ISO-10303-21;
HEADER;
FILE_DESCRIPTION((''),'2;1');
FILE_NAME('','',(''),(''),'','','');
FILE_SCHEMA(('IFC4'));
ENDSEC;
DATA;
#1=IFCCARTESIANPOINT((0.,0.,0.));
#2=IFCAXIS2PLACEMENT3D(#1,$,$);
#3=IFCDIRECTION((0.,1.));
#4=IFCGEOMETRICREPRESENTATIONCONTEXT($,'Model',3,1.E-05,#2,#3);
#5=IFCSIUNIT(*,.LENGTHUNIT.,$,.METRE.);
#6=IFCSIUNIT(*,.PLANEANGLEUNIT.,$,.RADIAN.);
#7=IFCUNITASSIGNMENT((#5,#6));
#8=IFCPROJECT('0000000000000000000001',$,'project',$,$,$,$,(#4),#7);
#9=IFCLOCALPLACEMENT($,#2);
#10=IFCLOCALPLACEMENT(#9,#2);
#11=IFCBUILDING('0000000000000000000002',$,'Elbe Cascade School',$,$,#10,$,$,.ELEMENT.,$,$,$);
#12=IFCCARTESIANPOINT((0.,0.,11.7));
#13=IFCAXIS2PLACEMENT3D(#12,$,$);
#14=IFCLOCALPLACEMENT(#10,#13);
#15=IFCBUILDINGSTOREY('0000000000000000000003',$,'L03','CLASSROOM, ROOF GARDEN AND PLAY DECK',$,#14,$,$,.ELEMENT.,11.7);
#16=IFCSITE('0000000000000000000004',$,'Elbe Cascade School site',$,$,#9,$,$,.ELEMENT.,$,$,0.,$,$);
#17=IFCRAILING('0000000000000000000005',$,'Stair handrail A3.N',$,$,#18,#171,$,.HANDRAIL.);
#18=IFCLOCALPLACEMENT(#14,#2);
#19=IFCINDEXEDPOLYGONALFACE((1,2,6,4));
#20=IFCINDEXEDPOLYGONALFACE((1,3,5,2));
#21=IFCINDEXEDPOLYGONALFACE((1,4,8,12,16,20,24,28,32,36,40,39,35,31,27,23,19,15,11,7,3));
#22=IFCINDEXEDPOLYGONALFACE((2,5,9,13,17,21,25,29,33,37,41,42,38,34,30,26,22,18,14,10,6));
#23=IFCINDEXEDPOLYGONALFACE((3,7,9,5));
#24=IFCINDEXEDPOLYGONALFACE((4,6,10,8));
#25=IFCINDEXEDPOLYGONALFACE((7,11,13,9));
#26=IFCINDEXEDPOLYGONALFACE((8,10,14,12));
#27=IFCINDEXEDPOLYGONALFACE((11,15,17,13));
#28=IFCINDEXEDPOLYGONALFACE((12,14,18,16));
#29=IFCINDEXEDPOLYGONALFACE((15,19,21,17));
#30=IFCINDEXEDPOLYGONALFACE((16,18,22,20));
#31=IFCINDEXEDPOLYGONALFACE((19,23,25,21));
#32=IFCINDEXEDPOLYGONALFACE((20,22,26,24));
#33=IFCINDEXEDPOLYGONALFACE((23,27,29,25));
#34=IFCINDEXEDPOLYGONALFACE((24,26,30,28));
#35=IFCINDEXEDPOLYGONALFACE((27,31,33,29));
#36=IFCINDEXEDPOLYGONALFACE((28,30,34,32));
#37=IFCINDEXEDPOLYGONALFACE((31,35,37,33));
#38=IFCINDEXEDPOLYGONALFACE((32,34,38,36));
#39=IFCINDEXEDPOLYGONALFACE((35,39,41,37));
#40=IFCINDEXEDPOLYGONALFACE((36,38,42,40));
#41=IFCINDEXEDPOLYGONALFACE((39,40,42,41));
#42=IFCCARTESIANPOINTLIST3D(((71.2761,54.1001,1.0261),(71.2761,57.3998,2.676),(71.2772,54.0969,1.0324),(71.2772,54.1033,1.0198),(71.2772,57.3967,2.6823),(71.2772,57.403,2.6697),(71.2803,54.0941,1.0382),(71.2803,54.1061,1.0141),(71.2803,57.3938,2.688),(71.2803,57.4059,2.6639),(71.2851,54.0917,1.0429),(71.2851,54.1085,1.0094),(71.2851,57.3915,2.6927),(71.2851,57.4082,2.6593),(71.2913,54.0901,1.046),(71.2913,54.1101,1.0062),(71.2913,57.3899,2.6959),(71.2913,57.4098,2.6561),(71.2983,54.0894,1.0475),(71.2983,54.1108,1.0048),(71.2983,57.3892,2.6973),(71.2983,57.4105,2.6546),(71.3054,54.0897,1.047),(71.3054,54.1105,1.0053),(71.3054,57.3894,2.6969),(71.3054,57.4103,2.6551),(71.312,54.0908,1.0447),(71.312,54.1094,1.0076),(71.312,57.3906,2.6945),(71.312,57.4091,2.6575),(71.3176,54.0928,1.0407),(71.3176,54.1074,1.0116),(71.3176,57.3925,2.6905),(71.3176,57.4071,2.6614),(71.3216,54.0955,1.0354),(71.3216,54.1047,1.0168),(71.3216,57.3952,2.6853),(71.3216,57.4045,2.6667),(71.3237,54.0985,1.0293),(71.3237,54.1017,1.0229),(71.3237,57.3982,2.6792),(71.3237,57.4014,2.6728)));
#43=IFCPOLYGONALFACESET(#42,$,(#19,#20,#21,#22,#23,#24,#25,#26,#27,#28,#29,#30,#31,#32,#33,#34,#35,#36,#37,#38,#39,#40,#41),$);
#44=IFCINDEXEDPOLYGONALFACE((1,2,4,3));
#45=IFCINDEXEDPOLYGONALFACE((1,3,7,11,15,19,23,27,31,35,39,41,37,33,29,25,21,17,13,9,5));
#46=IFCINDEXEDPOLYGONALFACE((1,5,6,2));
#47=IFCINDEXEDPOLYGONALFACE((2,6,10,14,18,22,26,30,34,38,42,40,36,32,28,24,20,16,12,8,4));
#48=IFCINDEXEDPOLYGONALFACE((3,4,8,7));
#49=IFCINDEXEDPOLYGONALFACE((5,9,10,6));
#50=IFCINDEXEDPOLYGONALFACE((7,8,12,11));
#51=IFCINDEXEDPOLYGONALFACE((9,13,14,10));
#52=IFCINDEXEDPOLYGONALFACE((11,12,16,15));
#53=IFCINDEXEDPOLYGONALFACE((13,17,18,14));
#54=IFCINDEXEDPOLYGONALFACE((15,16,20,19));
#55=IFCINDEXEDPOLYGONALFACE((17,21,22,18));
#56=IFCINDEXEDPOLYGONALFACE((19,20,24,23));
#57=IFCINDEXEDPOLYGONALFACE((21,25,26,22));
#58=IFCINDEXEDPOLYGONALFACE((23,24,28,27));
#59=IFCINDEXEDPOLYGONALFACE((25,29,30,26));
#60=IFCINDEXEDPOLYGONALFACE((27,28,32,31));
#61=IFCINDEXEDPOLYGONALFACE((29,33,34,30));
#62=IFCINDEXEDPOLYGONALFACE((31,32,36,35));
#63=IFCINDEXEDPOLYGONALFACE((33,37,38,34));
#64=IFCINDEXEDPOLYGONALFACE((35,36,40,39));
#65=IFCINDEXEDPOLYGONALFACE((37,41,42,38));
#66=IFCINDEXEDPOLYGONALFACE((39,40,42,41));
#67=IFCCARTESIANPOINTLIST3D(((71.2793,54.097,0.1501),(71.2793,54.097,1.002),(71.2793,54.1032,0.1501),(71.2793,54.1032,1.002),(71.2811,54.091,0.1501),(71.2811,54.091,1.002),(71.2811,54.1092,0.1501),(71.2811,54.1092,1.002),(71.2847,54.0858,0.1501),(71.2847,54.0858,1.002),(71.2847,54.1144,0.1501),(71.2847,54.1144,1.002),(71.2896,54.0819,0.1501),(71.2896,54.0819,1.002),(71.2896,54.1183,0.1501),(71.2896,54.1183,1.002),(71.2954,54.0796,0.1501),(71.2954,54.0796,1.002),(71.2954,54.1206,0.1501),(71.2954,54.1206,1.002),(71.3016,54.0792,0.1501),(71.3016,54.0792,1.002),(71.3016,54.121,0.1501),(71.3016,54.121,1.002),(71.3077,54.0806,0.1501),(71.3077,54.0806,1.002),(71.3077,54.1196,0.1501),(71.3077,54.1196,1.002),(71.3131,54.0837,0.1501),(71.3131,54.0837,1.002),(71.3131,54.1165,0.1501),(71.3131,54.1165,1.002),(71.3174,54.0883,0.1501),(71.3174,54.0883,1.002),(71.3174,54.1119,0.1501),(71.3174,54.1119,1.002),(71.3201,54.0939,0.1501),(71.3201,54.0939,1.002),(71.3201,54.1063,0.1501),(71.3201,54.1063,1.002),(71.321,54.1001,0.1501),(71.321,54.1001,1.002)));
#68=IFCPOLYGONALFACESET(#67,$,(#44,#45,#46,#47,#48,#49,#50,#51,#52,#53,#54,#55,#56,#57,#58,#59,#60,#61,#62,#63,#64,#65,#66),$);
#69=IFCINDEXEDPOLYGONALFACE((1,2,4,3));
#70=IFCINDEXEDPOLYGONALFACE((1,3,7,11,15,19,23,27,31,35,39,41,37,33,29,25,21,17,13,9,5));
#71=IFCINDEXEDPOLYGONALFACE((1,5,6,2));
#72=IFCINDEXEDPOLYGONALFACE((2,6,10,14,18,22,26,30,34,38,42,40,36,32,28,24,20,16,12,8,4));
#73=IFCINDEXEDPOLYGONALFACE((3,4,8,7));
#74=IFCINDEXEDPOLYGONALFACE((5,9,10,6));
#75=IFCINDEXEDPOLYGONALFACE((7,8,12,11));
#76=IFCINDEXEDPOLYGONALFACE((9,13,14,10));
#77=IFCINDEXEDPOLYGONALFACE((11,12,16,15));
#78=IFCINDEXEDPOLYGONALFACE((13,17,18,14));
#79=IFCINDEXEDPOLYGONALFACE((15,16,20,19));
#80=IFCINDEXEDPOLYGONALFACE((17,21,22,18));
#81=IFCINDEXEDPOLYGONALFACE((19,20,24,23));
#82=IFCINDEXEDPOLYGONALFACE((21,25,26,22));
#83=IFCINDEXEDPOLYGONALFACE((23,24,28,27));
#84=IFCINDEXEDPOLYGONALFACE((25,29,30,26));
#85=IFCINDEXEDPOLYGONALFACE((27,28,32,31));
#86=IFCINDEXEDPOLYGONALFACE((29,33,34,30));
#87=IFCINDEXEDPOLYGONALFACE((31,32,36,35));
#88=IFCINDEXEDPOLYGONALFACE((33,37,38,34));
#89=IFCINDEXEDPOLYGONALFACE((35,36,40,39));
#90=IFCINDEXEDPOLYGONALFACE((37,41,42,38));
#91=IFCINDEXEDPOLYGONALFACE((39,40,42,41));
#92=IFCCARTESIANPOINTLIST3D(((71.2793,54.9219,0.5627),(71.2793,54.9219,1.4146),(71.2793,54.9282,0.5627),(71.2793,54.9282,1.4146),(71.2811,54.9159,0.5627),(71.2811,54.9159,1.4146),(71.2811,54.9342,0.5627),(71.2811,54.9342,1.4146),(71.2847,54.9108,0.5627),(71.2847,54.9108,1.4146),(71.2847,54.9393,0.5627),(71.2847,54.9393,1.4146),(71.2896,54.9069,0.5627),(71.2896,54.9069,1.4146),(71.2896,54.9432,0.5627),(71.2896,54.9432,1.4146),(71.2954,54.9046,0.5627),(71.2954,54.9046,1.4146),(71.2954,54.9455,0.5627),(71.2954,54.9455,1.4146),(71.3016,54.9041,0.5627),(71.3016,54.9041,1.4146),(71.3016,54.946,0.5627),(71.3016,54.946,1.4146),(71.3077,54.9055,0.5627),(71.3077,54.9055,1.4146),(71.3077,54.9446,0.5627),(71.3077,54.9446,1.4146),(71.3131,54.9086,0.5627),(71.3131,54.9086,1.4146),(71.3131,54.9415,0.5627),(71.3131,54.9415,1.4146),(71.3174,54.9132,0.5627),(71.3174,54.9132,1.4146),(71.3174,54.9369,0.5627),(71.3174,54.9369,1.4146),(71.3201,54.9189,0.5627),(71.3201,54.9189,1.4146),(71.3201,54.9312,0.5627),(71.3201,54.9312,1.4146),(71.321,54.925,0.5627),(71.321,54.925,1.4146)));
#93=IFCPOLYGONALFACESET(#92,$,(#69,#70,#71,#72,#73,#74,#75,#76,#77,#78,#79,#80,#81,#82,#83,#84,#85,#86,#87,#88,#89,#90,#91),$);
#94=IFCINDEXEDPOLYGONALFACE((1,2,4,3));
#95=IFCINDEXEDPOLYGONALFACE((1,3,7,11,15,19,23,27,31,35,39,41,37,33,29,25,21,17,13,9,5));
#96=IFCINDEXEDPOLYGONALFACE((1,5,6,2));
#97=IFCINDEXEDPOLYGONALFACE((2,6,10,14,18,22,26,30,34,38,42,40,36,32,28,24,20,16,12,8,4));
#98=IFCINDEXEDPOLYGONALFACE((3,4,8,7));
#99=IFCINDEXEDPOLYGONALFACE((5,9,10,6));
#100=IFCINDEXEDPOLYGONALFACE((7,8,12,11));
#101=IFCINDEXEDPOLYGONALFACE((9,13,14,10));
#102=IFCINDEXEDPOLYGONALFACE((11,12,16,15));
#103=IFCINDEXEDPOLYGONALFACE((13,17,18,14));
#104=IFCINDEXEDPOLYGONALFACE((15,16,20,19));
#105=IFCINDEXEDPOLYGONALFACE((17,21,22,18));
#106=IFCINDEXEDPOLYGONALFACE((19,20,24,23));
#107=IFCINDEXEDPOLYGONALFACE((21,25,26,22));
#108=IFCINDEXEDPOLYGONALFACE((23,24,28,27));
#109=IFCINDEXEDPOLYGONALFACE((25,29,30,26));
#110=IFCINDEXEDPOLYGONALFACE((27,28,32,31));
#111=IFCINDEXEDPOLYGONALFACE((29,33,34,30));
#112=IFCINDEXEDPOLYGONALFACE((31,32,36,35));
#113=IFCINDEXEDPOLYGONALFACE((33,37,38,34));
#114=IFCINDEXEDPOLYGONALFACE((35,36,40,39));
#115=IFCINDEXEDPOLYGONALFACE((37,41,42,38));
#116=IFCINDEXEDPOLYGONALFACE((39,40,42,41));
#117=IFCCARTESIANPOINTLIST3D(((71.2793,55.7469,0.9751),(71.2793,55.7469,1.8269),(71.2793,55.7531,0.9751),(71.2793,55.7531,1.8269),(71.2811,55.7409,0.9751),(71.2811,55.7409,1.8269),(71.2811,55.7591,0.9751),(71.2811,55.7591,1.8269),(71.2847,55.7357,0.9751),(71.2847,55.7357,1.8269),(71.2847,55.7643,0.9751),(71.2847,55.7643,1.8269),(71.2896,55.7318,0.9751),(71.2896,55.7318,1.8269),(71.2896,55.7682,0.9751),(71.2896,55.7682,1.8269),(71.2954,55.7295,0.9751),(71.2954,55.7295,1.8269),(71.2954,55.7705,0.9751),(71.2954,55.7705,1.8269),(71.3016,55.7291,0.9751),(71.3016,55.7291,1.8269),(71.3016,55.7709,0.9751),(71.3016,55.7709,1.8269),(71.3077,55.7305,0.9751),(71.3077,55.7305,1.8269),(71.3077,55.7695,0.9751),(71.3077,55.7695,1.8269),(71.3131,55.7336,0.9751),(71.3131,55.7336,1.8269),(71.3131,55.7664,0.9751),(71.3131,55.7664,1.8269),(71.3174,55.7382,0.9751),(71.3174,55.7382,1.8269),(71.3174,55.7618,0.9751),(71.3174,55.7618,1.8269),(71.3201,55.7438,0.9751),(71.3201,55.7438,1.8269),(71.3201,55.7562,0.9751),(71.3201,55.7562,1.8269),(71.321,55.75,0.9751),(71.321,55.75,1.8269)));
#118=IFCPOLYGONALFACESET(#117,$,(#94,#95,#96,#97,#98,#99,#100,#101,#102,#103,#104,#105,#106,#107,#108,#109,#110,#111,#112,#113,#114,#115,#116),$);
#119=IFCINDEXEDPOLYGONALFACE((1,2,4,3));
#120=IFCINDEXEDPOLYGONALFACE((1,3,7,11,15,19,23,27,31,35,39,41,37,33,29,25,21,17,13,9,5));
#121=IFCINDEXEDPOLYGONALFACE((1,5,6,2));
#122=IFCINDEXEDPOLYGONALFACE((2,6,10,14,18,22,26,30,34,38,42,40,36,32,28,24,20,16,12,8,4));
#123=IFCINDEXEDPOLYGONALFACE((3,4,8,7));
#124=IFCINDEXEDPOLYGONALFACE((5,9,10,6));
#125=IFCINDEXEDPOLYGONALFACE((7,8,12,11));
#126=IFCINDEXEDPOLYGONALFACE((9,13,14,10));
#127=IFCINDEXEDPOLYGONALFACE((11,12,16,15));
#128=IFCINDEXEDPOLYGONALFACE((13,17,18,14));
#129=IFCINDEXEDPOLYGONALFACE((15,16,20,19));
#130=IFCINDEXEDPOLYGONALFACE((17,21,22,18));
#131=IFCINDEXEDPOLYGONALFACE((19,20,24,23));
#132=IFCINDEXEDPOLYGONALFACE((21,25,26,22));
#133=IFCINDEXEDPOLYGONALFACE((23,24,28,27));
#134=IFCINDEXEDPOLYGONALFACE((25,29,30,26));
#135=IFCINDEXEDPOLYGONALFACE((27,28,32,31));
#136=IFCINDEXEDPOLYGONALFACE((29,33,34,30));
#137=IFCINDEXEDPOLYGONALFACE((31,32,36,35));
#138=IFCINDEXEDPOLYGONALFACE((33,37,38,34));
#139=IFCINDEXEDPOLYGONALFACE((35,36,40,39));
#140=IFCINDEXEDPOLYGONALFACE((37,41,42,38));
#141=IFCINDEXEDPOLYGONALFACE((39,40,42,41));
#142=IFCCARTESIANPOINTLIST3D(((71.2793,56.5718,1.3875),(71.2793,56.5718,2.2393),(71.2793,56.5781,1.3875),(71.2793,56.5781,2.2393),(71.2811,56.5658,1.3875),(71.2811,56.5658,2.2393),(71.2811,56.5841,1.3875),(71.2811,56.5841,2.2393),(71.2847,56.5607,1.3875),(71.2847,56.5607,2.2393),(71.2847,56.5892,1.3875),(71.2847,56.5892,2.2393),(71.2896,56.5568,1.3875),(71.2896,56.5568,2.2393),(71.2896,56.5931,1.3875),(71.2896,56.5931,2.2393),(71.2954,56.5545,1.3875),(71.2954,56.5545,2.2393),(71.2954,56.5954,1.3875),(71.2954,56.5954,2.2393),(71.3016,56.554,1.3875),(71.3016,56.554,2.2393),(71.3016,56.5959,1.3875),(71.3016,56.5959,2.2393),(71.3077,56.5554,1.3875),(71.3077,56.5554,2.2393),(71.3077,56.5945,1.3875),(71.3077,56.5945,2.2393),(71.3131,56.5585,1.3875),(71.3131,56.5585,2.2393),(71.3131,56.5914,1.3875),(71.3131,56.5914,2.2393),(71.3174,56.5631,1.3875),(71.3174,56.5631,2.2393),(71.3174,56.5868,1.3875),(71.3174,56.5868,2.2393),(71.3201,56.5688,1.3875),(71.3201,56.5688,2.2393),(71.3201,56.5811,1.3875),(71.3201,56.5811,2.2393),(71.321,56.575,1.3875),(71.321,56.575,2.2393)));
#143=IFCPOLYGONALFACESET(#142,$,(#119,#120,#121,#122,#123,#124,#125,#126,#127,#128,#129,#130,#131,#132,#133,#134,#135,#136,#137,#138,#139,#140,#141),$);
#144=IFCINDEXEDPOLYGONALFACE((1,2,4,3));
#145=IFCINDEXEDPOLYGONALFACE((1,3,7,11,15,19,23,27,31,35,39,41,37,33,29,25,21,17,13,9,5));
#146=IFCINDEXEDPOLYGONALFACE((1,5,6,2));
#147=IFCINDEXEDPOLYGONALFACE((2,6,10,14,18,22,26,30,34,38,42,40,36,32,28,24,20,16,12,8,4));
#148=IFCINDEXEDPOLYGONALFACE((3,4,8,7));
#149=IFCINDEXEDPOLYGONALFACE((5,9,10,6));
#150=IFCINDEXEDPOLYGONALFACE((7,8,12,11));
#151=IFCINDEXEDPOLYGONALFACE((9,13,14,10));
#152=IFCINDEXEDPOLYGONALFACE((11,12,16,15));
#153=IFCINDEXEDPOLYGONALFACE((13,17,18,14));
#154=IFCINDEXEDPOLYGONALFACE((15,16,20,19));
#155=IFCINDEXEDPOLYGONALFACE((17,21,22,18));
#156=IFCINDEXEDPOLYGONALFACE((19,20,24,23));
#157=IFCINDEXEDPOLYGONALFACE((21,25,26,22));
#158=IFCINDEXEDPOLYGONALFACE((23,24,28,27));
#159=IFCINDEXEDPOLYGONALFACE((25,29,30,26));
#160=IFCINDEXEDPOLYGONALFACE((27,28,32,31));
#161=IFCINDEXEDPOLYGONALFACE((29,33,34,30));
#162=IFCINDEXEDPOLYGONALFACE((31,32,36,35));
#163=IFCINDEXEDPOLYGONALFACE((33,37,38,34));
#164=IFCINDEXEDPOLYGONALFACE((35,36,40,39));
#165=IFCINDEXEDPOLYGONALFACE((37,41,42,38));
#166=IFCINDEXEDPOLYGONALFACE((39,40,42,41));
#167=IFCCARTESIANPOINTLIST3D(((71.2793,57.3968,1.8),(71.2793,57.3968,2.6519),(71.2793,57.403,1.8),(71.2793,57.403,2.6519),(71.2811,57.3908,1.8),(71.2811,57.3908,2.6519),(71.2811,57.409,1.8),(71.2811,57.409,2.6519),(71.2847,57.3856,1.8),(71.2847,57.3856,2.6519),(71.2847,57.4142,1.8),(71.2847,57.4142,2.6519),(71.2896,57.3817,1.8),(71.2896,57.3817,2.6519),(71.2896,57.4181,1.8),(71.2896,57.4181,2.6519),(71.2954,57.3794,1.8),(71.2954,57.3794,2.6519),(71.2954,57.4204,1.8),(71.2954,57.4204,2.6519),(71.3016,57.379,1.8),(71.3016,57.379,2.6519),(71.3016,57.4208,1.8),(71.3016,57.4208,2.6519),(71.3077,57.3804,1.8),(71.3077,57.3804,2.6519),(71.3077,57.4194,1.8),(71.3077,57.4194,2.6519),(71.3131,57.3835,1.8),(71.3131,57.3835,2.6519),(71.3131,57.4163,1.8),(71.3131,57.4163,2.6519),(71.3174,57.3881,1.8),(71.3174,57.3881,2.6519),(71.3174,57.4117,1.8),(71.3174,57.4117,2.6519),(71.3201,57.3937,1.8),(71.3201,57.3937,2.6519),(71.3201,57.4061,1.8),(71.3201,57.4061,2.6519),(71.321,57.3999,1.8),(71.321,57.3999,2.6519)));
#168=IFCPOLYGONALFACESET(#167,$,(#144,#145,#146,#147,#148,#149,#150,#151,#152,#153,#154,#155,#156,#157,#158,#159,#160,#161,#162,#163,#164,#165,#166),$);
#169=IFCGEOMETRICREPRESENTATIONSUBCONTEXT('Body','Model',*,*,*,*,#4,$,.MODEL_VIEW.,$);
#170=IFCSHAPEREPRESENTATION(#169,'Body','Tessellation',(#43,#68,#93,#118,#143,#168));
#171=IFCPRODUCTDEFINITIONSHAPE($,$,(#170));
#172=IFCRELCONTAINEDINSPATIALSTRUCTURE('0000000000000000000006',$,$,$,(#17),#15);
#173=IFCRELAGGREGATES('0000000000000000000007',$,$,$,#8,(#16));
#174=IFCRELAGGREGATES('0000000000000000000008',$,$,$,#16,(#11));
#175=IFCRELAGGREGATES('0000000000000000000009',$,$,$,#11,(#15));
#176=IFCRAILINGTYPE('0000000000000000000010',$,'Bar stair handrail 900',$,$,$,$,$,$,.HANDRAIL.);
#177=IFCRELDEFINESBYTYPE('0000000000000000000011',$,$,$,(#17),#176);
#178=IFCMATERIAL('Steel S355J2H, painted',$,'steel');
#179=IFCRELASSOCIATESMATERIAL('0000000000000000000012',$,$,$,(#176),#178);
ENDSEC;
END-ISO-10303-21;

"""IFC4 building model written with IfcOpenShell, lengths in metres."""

from ifc_helpers import new_model, si_unit, direction, frame, origin, origin_2d, place, context, subcontext, project, spatial, circle, extrude, material, type_object, element, save


model = new_model("IFC4")

# Units and contexts
model_context = context("Model", 3, precision=1e-05, world=origin(), true_north=direction((0.0, 1.0)))
body_context = subcontext(model_context, "Body", "Model", "MODEL_VIEW")
ifc_project = project(units=[si_unit("LENGTHUNIT", "METRE"), si_unit("PLANEANGLEUNIT", "RADIAN")], contexts=[model_context])

# Site, building, storey
site_placement = place(None, origin())
site = spatial("IfcSite", under=ifc_project, at=site_placement, Name="Elbe Cascade School site", CompositionType="ELEMENT", RefElevation=0.0)
building_placement = place(site_placement, origin())
building = spatial("IfcBuilding", under=site, at=building_placement, Name="Elbe Cascade School", CompositionType="ELEMENT")
storey_placement = place(building_placement, frame((0.0, 0.0, 11.7)))
storey = spatial("IfcBuildingStorey", under=building, at=storey_placement, Name="L03", Description="CLASSROOM, ROOF GARDEN AND PLAY DECK", CompositionType="ELEMENT", Elevation=11.7)

# Railing
ifc_material_1 = material(Name="Steel S355J2H, painted", Category="steel")
railing_type_1 = type_object("IfcRailingType", Name="Bar stair handrail 900", PredefinedType="HANDRAIL", material=ifc_material_1)
railing_1_placement = place(storey_placement, frame((71.3, 54.1001, 0.1501)))
element("IfcRailing", 1, at=railing_1_placement, inside=storey, type_object=railing_type_1, Name="Stair handrail A3.N", PredefinedType="HANDRAIL", context=body_context, shape_type="SweptSolid", body=[
    extrude(circle(Radius=0.0239, at=origin_2d()), frame((0.0, 0.0, 0.876), z_axis=(0.0, 0.894427, 0.447214), x_axis=(-1.0, 0.0, 0.0)), (0.0, 0.0, 1.0), 3.6892),
    extrude(circle(Radius=0.021, at=origin_2d()), origin(), (0.0, 0.0, 1.0), 0.8518),
    extrude(circle(Radius=0.021, at=origin_2d()), frame((0.0, 0.825, 0.4126)), (0.0, 0.0, 1.0), 0.8518),
    extrude(circle(Radius=0.021, at=origin_2d()), frame((0.0, 1.6499, 0.825)), (0.0, 0.0, 1.0), 0.8518),
    extrude(circle(Radius=0.021, at=origin_2d()), frame((0.0, 2.4749, 1.2373)), (0.0, 0.0, 1.0), 0.8518),
    extrude(circle(Radius=0.021, at=origin_2d()), frame((0.0, 3.2998, 1.6499)), (0.0, 0.0, 1.0), 0.8518),
])

save(model, "model.ifc")
